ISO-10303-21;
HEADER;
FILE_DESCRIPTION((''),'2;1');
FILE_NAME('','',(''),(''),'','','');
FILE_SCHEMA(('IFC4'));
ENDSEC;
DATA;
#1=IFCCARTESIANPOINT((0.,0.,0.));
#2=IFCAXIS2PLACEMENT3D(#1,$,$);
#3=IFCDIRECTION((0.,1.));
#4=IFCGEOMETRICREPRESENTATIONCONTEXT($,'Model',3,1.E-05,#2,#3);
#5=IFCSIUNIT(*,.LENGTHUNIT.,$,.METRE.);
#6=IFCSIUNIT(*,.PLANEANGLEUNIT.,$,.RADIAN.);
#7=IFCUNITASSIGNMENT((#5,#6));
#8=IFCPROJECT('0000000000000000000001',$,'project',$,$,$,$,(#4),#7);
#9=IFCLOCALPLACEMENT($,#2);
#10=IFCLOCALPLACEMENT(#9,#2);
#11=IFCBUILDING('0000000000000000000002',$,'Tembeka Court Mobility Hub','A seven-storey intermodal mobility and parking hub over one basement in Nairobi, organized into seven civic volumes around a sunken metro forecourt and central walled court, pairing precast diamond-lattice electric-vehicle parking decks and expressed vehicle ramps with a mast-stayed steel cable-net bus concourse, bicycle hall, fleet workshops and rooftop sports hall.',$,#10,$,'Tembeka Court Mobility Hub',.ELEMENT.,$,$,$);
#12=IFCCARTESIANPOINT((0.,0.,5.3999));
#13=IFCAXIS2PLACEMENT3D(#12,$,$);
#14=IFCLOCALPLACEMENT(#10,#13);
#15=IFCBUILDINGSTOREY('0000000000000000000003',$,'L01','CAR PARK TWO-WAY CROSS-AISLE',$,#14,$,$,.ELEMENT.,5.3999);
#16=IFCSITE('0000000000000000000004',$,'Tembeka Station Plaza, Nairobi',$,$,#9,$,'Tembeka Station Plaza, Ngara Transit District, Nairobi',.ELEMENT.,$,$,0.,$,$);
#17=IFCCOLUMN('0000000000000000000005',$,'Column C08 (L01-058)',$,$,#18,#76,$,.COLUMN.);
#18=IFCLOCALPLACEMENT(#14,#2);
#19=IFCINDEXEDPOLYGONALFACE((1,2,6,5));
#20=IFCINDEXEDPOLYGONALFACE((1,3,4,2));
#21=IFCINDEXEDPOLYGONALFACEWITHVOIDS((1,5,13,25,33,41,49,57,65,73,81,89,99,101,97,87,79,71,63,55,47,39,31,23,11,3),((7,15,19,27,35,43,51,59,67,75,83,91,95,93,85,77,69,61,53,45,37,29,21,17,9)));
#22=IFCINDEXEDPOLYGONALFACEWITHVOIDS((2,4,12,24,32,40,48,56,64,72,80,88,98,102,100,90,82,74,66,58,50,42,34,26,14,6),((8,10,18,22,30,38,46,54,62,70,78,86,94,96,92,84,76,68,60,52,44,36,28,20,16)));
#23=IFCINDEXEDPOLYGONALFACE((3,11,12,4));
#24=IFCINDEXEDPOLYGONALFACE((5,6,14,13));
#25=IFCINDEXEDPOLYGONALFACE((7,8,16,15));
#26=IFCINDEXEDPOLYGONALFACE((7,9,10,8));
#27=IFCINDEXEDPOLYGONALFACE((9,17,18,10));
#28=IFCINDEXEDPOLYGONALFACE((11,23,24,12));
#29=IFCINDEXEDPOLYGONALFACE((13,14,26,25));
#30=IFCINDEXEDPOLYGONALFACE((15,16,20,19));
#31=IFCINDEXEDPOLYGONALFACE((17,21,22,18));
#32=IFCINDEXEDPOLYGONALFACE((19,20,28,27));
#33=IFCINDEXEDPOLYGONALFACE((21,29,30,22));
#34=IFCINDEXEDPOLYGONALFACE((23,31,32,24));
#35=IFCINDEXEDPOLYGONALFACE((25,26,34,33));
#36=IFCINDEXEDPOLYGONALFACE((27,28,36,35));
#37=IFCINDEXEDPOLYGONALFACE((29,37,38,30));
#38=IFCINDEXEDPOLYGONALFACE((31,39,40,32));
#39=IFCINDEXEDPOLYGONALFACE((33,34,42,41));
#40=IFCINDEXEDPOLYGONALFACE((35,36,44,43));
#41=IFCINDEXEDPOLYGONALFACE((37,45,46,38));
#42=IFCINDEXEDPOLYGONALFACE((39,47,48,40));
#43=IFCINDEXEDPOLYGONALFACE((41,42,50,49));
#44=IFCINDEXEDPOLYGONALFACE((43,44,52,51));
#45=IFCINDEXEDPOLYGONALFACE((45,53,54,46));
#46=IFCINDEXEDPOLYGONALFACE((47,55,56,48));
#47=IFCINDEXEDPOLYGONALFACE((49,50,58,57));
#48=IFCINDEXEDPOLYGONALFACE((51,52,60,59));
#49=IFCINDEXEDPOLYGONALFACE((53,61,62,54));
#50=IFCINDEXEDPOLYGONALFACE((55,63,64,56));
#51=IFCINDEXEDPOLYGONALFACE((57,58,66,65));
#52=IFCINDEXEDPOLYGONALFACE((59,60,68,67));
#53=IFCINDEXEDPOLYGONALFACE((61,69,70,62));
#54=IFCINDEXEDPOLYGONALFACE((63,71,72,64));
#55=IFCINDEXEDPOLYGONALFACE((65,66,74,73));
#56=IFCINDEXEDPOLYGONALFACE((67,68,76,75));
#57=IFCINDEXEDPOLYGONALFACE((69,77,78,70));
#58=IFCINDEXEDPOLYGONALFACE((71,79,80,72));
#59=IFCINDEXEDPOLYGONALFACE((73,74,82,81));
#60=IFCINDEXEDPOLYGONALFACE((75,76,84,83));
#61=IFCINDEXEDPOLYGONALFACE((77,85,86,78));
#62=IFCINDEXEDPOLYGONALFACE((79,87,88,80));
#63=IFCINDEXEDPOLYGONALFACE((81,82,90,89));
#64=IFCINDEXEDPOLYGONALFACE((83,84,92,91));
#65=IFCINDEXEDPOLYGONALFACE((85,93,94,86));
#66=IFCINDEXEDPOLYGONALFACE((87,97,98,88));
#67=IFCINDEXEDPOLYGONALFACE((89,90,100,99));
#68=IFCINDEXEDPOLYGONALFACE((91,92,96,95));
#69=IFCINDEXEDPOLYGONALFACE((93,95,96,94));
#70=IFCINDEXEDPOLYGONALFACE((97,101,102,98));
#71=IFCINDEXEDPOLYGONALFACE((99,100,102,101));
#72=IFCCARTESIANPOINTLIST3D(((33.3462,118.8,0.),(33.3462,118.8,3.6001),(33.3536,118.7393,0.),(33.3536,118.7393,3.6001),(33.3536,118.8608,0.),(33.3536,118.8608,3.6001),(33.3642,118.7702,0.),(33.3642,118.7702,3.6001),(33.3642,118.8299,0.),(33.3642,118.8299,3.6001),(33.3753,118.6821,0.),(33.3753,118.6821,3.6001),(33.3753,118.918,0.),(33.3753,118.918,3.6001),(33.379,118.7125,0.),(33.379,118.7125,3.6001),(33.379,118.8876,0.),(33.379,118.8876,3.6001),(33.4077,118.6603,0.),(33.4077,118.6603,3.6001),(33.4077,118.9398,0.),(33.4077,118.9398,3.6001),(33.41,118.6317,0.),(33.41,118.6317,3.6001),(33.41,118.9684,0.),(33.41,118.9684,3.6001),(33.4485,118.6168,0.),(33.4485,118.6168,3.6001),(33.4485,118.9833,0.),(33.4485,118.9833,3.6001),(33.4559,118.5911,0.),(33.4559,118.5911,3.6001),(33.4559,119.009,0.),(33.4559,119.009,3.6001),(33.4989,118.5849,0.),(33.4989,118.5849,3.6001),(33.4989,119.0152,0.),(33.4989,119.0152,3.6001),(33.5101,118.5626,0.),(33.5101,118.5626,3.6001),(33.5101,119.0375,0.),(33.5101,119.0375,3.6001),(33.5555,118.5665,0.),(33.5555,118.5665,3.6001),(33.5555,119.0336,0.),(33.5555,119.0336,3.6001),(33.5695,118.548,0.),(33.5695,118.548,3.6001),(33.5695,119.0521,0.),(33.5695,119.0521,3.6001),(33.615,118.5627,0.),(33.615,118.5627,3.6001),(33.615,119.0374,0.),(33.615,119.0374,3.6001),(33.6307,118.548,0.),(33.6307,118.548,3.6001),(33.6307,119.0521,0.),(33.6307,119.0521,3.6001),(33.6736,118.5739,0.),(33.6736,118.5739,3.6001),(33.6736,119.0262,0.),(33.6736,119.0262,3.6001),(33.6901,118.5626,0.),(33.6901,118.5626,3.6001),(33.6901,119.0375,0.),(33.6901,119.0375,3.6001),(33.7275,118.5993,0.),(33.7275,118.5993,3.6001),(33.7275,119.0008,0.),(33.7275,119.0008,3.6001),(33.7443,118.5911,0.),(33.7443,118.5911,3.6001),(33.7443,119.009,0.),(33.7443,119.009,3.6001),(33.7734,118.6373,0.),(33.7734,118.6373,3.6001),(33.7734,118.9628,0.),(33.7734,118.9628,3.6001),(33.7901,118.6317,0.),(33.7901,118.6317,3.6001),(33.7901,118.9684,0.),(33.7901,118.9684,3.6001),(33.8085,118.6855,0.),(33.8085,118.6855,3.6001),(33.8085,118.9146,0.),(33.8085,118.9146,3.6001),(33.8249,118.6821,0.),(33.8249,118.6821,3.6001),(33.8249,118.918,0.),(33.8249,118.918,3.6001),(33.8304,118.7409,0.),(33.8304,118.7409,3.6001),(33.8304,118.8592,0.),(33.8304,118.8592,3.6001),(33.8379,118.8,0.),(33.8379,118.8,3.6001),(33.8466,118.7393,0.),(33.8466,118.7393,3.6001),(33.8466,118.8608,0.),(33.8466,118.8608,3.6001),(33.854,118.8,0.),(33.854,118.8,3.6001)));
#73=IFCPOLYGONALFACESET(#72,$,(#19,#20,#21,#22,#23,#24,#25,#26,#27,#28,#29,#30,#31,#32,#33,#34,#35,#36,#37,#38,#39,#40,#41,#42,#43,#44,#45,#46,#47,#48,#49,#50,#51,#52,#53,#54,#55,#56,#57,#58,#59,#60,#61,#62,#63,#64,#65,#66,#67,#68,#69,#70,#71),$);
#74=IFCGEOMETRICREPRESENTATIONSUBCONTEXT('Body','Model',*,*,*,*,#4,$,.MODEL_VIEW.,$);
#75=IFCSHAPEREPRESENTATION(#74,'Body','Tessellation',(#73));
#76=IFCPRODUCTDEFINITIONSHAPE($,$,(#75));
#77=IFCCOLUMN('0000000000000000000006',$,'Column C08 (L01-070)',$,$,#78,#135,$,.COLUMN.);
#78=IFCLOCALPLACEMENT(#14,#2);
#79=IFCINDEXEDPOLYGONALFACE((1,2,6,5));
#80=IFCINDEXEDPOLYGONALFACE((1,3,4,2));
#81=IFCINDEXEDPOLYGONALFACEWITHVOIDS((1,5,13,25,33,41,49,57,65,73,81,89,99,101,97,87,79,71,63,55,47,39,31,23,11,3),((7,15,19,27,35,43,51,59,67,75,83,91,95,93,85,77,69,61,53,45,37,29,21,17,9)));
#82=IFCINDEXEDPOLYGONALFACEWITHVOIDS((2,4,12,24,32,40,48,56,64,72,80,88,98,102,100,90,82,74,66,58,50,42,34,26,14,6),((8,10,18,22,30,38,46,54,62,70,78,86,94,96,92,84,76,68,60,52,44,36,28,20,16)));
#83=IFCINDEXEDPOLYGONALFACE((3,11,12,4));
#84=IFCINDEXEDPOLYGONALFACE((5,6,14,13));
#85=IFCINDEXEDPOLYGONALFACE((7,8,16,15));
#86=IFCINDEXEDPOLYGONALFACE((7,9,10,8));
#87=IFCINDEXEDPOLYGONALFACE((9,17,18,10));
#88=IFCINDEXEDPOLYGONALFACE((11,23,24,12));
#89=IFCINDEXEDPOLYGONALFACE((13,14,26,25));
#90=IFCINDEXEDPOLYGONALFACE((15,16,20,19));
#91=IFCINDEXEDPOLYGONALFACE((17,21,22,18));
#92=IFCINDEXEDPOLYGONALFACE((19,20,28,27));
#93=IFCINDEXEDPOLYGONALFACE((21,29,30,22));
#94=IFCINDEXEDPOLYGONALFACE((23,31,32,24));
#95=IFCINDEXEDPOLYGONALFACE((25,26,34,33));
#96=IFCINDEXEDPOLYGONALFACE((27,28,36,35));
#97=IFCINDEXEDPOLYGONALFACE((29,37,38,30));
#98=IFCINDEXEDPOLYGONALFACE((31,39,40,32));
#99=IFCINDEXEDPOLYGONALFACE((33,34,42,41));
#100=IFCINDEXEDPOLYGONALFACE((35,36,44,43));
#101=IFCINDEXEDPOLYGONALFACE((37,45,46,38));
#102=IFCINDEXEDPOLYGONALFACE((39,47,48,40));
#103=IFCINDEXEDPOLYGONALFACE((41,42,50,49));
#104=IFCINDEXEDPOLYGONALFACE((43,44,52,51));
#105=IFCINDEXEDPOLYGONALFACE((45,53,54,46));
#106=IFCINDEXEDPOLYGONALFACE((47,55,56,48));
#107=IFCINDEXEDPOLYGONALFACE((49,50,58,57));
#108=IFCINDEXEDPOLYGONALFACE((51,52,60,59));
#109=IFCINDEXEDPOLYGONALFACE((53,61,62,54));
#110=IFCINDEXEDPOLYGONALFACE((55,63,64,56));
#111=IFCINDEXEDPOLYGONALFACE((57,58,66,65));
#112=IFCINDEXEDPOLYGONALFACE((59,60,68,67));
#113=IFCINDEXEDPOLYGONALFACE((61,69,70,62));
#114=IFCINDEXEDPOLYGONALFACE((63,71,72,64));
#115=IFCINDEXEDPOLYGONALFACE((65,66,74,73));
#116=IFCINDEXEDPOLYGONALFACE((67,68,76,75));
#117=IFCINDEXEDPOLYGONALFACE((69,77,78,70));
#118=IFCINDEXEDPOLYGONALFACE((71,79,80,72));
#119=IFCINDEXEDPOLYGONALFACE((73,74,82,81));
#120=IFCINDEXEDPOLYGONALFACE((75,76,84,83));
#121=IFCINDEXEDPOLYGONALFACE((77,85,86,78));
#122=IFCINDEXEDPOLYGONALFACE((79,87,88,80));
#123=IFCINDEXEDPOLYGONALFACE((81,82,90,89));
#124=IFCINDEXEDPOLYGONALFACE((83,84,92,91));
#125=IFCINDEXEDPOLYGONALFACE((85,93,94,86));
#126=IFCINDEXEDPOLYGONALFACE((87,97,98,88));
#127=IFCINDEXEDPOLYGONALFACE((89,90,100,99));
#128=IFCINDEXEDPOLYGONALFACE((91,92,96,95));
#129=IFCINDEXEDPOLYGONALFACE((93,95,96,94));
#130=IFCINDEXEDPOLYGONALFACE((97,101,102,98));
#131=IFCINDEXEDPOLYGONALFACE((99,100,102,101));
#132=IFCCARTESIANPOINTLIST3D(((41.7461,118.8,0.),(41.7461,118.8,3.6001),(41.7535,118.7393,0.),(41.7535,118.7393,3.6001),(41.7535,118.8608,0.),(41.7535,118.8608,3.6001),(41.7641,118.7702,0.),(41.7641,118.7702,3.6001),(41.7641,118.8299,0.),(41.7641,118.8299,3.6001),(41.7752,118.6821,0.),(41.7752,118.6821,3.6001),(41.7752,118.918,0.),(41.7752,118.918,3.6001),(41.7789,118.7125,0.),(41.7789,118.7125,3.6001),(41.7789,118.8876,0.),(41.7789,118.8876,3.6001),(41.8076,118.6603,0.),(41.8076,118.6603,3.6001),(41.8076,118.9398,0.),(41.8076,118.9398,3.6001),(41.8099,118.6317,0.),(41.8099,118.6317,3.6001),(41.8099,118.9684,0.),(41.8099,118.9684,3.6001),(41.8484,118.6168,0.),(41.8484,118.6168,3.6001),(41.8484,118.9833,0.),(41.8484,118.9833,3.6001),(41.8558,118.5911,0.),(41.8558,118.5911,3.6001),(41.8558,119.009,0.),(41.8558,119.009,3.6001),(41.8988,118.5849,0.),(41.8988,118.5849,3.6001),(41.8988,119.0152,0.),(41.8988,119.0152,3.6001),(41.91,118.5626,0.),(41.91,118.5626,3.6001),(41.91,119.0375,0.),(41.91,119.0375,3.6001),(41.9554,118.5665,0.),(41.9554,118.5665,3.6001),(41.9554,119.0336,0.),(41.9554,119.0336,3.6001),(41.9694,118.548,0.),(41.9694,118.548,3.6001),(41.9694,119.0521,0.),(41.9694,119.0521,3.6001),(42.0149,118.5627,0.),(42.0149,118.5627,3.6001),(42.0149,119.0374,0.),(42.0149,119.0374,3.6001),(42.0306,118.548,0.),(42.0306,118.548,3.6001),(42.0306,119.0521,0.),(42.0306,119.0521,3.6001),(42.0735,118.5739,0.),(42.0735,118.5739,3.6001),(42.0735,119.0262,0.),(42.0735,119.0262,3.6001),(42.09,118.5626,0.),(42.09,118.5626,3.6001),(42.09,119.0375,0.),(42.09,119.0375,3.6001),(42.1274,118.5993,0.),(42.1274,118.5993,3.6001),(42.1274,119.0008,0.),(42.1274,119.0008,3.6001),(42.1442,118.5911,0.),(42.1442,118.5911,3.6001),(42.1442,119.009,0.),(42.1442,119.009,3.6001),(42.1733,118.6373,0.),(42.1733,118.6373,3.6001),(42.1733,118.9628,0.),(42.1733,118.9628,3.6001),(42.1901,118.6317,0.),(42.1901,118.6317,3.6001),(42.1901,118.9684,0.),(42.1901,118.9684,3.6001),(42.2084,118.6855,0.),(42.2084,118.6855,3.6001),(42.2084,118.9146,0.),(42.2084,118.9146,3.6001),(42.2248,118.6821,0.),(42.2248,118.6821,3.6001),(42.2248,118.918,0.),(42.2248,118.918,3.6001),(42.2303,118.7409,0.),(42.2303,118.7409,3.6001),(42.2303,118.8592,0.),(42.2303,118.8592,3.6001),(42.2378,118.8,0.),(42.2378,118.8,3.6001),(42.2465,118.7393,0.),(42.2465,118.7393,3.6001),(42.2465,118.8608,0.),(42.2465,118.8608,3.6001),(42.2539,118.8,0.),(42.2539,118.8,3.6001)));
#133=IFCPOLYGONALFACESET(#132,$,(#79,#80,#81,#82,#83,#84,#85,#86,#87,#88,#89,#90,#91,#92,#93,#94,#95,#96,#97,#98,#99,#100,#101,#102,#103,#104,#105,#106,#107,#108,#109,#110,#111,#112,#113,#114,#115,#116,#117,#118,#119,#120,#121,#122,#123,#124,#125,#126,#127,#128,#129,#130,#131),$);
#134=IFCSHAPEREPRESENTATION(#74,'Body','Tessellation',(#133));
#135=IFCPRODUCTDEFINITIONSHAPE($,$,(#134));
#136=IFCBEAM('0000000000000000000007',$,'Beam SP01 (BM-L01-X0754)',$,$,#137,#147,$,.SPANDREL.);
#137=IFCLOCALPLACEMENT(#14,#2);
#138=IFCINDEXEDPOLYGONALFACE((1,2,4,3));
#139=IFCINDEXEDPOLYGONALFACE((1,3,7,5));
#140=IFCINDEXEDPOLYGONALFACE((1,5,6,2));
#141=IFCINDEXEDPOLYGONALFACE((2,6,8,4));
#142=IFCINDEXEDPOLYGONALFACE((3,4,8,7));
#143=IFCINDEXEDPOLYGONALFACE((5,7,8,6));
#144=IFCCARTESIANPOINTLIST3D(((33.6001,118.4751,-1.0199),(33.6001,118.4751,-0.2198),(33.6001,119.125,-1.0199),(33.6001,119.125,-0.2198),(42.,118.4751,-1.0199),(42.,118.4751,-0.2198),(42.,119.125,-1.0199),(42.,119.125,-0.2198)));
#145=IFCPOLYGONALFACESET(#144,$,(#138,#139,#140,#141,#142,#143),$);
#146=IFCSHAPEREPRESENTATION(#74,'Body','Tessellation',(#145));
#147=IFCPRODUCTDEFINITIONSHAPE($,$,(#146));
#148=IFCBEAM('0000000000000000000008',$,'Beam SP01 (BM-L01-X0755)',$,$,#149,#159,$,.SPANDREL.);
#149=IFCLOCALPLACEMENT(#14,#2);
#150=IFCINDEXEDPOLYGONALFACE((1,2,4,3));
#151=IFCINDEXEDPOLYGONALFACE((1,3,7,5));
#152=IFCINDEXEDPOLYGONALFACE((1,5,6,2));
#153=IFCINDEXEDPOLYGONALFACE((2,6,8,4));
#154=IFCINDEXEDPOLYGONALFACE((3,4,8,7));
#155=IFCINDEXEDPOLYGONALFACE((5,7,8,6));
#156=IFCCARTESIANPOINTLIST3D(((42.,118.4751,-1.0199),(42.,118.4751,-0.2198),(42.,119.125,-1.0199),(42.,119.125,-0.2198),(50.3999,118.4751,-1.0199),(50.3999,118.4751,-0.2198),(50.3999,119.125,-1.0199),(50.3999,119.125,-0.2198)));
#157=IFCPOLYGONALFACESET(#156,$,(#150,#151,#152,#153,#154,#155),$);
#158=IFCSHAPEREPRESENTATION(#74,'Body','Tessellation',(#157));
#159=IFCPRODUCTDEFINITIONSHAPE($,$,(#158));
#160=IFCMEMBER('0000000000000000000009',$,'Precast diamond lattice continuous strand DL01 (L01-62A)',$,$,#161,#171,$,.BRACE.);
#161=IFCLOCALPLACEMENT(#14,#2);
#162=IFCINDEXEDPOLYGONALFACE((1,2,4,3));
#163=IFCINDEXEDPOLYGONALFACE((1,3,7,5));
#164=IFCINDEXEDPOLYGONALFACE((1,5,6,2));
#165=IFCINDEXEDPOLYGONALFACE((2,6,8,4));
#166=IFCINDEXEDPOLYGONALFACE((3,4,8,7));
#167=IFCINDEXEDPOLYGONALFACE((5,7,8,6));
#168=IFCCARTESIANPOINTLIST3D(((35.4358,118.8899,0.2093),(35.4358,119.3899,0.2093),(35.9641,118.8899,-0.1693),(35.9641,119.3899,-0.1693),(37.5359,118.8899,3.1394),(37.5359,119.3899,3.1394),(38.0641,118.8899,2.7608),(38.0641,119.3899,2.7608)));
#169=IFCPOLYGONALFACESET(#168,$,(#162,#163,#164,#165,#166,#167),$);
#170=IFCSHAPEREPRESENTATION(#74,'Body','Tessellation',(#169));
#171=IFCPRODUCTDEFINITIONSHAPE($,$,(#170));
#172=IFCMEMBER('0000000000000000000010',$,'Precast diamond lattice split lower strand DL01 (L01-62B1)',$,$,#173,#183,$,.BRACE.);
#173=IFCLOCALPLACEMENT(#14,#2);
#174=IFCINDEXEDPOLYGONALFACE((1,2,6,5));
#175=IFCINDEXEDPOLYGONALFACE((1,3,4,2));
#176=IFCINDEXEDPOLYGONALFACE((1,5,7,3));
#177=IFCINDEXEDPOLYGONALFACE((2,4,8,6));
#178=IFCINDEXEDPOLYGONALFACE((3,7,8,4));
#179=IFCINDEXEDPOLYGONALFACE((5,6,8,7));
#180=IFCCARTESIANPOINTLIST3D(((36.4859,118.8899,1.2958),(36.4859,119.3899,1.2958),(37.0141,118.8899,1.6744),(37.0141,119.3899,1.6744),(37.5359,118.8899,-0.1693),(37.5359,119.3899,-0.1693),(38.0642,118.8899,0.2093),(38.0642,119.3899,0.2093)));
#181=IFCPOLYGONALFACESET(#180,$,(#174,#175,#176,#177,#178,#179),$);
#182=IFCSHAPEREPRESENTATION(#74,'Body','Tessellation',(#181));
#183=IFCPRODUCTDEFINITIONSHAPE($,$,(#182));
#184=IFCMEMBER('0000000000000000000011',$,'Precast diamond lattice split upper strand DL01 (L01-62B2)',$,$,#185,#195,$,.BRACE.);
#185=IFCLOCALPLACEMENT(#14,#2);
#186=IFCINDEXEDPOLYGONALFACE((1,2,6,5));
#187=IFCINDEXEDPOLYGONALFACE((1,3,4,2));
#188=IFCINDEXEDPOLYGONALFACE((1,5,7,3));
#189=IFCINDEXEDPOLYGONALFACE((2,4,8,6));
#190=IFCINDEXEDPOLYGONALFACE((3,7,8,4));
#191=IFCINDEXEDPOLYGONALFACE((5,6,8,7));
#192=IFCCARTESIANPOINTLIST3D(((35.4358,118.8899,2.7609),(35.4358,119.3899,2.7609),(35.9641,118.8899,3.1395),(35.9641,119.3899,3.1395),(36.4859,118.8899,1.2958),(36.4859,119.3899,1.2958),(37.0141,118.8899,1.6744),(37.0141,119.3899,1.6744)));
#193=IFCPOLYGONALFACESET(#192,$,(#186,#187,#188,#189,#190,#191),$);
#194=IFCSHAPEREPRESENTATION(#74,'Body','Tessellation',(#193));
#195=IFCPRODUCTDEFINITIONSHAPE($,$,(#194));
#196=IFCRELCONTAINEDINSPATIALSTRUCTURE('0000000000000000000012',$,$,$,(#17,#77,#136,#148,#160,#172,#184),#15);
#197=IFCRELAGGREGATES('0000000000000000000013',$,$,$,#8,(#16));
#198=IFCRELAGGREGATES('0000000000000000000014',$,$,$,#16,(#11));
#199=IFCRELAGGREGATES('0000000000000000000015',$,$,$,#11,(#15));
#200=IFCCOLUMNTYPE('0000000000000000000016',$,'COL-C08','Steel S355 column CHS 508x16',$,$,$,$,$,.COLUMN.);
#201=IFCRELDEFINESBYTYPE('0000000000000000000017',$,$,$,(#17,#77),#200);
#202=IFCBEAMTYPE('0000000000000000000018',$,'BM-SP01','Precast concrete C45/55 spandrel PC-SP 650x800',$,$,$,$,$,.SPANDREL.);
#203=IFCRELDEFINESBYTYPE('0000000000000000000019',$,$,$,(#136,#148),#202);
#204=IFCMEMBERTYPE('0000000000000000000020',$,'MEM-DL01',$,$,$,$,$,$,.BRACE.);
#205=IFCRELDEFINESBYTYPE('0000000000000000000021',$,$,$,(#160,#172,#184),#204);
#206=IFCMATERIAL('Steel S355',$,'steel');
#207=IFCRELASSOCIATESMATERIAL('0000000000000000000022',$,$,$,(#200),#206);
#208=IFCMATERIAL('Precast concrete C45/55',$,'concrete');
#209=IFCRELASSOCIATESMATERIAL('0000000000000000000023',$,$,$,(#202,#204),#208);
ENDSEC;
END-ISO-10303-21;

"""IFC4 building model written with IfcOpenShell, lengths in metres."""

from ifc_helpers import new_model, si_unit, direction, frame, origin, origin_2d, place, context, subcontext, project, spatial, rectangle, hollow_circle, extrude, material, material_profile, profile_set, type_object, element, save


model = new_model("IFC4")

# Units and contexts
model_context = context("Model", 3, precision=1e-05, world=origin(), true_north=direction((0.0, 1.0)))
body_context = subcontext(model_context, "Body", "Model", "MODEL_VIEW")
ifc_project = project(units=[si_unit("LENGTHUNIT", "METRE"), si_unit("PLANEANGLEUNIT", "RADIAN")], contexts=[model_context])

# Site, building, storey
site_placement = place(None, origin())
site = spatial("IfcSite", under=ifc_project, at=site_placement, Name="Tembeka Station Plaza, Nairobi", LongName="Tembeka Station Plaza, Ngara Transit District, Nairobi", CompositionType="ELEMENT", RefElevation=0.0)
building_placement = place(site_placement, origin())
building = spatial("IfcBuilding", under=site, at=building_placement, Name="Tembeka Court Mobility Hub", Description="A seven-storey intermodal mobility and parking hub over one basement in Nairobi, organized into seven civic volumes around a sunken metro forecourt and central walled court, pairing precast diamond-lattice electric-vehicle parking decks and expressed vehicle ramps with a mast-stayed steel cable-net bus concourse, bicycle hall, fleet workshops and rooftop sports hall.", LongName="Tembeka Court Mobility Hub", CompositionType="ELEMENT")
storey_placement = place(building_placement, frame((0.0, 0.0, 5.3999)))
storey = spatial("IfcBuildingStorey", under=building, at=storey_placement, Name="L01", Description="CAR PARK TWO-WAY CROSS-AISLE", CompositionType="ELEMENT", Elevation=5.3999)

# Columns
ifc_material_1 = material(Name="Steel S355", Category="steel")
ifc_material_profile_1 = material_profile(ifc_material_1, hollow_circle(Radius=0.2539, WallThickness=0.0161, at=origin_2d()), Name="CHS 508x16")
ifc_profile_set_1 = profile_set([ifc_material_profile_1], Name="Steel S355")
column_type = type_object("IfcColumnType", Name="COL-C08", Description="Steel S355 column CHS 508x16", PredefinedType="COLUMN", material=ifc_profile_set_1)
for number, where, z_axis, x_axis, name in (
    (1, (33.6001, 118.8, 0.0), (0.0, 0.0, 1.0), (1.0, 0.0, 0.0), "Column C08 (L01-058)"),
    (2, (42.0, 118.8, 0.0), (0.0, 0.0, 1.0), (1.0, 0.0, 0.0), "Column C08 (L01-070)"),
):
    element("IfcColumn", number, at=place(storey_placement, frame(where, z_axis=z_axis, x_axis=x_axis)), inside=storey, type_object=column_type, Name=name, PredefinedType="COLUMN", context=body_context, shape_type="SweptSolid", body=[
        extrude(hollow_circle(Radius=0.2539, WallThickness=0.0161, at=origin_2d()), origin(), (0.0, 0.0, 1.0), 3.6001),
    ])

# Beams
ifc_material_2 = material(Name="Precast concrete C45/55", Category="concrete")
ifc_material_profile_2 = material_profile(ifc_material_2, rectangle(XDim=0.6499, YDim=0.8, at=origin_2d()), Name="PC-SP 650x800")
ifc_profile_set_2 = profile_set([ifc_material_profile_2], Name="Precast concrete C45/55")
beam_type = type_object("IfcBeamType", Name="BM-SP01", Description="Precast concrete C45/55 spandrel PC-SP 650x800", PredefinedType="SPANDREL", material=ifc_profile_set_2)
for number, where, z_axis, x_axis, name in (
    (3, (33.6001, 118.8, -0.6199), (1.0, 0.0, 0.0), (0.0, 1.0, 0.0), "Beam SP01 (BM-L01-X0754)"),
    (4, (42.0, 118.8, -0.6199), (1.0, 0.0, 0.0), (0.0, 1.0, 0.0), "Beam SP01 (BM-L01-X0755)"),
):
    element("IfcBeam", number, at=place(storey_placement, frame(where, z_axis=z_axis, x_axis=x_axis)), inside=storey, type_object=beam_type, Name=name, PredefinedType="SPANDREL", context=body_context, shape_type="SweptSolid", body=[
        extrude(rectangle(XDim=0.6499, YDim=0.8, at=origin_2d()), origin(), (0.0, 0.0, 1.0), 8.3999),
    ])

# Members
ifc_material_profile_3 = material_profile(ifc_material_2, rectangle(XDim=0.5, YDim=0.6499, at=origin_2d()), Name="PC-DIAG 500x650")
ifc_profile_set_3 = profile_set([ifc_material_profile_3], Name="Precast concrete C45/55")
member_type_1 = type_object("IfcMemberType", Name="MEM-DL01", PredefinedType="BRACE", material=ifc_profile_set_3)
member_1_placement = place(storey_placement, frame((35.7, 119.1399, 0.02), z_axis=(0.582544, 0.0, 0.812799), x_axis=(0.0, 1.0, 0.0)))
element("IfcMember", 5, at=member_1_placement, inside=storey, type_object=member_type_1, Name="Precast diamond lattice continuous strand DL01 (L01-62A)", PredefinedType="BRACE", context=body_context, shape_type="SweptSolid", body=[
    extrude(rectangle(XDim=0.5, YDim=0.6499, at=origin_2d()), origin(), (0.0, 0.0, 1.0), 3.605),
])
for number, where, z_axis, x_axis, name in (
    (6, (37.8, 119.1399, 0.02), (-0.582544, 0.0, 0.812799), (0.0, -1.0, 0.0), "Precast diamond lattice split lower strand DL01 (L01-62B1)"),
    (7, (36.75, 119.1399, 1.4851), (-0.582544, 0.0, 0.812799), (0.0, -1.0, 0.0), "Precast diamond lattice split upper strand DL01 (L01-62B2)"),
):
    element("IfcMember", number, at=place(storey_placement, frame(where, z_axis=z_axis, x_axis=x_axis)), inside=storey, type_object=member_type_1, Name=name, PredefinedType="BRACE", context=body_context, shape_type="SweptSolid", body=[
        extrude(rectangle(XDim=0.5, YDim=0.6499, at=origin_2d()), origin(), (0.0, 0.0, 1.0), 1.8025),
    ])

save(model, "model.ifc")
